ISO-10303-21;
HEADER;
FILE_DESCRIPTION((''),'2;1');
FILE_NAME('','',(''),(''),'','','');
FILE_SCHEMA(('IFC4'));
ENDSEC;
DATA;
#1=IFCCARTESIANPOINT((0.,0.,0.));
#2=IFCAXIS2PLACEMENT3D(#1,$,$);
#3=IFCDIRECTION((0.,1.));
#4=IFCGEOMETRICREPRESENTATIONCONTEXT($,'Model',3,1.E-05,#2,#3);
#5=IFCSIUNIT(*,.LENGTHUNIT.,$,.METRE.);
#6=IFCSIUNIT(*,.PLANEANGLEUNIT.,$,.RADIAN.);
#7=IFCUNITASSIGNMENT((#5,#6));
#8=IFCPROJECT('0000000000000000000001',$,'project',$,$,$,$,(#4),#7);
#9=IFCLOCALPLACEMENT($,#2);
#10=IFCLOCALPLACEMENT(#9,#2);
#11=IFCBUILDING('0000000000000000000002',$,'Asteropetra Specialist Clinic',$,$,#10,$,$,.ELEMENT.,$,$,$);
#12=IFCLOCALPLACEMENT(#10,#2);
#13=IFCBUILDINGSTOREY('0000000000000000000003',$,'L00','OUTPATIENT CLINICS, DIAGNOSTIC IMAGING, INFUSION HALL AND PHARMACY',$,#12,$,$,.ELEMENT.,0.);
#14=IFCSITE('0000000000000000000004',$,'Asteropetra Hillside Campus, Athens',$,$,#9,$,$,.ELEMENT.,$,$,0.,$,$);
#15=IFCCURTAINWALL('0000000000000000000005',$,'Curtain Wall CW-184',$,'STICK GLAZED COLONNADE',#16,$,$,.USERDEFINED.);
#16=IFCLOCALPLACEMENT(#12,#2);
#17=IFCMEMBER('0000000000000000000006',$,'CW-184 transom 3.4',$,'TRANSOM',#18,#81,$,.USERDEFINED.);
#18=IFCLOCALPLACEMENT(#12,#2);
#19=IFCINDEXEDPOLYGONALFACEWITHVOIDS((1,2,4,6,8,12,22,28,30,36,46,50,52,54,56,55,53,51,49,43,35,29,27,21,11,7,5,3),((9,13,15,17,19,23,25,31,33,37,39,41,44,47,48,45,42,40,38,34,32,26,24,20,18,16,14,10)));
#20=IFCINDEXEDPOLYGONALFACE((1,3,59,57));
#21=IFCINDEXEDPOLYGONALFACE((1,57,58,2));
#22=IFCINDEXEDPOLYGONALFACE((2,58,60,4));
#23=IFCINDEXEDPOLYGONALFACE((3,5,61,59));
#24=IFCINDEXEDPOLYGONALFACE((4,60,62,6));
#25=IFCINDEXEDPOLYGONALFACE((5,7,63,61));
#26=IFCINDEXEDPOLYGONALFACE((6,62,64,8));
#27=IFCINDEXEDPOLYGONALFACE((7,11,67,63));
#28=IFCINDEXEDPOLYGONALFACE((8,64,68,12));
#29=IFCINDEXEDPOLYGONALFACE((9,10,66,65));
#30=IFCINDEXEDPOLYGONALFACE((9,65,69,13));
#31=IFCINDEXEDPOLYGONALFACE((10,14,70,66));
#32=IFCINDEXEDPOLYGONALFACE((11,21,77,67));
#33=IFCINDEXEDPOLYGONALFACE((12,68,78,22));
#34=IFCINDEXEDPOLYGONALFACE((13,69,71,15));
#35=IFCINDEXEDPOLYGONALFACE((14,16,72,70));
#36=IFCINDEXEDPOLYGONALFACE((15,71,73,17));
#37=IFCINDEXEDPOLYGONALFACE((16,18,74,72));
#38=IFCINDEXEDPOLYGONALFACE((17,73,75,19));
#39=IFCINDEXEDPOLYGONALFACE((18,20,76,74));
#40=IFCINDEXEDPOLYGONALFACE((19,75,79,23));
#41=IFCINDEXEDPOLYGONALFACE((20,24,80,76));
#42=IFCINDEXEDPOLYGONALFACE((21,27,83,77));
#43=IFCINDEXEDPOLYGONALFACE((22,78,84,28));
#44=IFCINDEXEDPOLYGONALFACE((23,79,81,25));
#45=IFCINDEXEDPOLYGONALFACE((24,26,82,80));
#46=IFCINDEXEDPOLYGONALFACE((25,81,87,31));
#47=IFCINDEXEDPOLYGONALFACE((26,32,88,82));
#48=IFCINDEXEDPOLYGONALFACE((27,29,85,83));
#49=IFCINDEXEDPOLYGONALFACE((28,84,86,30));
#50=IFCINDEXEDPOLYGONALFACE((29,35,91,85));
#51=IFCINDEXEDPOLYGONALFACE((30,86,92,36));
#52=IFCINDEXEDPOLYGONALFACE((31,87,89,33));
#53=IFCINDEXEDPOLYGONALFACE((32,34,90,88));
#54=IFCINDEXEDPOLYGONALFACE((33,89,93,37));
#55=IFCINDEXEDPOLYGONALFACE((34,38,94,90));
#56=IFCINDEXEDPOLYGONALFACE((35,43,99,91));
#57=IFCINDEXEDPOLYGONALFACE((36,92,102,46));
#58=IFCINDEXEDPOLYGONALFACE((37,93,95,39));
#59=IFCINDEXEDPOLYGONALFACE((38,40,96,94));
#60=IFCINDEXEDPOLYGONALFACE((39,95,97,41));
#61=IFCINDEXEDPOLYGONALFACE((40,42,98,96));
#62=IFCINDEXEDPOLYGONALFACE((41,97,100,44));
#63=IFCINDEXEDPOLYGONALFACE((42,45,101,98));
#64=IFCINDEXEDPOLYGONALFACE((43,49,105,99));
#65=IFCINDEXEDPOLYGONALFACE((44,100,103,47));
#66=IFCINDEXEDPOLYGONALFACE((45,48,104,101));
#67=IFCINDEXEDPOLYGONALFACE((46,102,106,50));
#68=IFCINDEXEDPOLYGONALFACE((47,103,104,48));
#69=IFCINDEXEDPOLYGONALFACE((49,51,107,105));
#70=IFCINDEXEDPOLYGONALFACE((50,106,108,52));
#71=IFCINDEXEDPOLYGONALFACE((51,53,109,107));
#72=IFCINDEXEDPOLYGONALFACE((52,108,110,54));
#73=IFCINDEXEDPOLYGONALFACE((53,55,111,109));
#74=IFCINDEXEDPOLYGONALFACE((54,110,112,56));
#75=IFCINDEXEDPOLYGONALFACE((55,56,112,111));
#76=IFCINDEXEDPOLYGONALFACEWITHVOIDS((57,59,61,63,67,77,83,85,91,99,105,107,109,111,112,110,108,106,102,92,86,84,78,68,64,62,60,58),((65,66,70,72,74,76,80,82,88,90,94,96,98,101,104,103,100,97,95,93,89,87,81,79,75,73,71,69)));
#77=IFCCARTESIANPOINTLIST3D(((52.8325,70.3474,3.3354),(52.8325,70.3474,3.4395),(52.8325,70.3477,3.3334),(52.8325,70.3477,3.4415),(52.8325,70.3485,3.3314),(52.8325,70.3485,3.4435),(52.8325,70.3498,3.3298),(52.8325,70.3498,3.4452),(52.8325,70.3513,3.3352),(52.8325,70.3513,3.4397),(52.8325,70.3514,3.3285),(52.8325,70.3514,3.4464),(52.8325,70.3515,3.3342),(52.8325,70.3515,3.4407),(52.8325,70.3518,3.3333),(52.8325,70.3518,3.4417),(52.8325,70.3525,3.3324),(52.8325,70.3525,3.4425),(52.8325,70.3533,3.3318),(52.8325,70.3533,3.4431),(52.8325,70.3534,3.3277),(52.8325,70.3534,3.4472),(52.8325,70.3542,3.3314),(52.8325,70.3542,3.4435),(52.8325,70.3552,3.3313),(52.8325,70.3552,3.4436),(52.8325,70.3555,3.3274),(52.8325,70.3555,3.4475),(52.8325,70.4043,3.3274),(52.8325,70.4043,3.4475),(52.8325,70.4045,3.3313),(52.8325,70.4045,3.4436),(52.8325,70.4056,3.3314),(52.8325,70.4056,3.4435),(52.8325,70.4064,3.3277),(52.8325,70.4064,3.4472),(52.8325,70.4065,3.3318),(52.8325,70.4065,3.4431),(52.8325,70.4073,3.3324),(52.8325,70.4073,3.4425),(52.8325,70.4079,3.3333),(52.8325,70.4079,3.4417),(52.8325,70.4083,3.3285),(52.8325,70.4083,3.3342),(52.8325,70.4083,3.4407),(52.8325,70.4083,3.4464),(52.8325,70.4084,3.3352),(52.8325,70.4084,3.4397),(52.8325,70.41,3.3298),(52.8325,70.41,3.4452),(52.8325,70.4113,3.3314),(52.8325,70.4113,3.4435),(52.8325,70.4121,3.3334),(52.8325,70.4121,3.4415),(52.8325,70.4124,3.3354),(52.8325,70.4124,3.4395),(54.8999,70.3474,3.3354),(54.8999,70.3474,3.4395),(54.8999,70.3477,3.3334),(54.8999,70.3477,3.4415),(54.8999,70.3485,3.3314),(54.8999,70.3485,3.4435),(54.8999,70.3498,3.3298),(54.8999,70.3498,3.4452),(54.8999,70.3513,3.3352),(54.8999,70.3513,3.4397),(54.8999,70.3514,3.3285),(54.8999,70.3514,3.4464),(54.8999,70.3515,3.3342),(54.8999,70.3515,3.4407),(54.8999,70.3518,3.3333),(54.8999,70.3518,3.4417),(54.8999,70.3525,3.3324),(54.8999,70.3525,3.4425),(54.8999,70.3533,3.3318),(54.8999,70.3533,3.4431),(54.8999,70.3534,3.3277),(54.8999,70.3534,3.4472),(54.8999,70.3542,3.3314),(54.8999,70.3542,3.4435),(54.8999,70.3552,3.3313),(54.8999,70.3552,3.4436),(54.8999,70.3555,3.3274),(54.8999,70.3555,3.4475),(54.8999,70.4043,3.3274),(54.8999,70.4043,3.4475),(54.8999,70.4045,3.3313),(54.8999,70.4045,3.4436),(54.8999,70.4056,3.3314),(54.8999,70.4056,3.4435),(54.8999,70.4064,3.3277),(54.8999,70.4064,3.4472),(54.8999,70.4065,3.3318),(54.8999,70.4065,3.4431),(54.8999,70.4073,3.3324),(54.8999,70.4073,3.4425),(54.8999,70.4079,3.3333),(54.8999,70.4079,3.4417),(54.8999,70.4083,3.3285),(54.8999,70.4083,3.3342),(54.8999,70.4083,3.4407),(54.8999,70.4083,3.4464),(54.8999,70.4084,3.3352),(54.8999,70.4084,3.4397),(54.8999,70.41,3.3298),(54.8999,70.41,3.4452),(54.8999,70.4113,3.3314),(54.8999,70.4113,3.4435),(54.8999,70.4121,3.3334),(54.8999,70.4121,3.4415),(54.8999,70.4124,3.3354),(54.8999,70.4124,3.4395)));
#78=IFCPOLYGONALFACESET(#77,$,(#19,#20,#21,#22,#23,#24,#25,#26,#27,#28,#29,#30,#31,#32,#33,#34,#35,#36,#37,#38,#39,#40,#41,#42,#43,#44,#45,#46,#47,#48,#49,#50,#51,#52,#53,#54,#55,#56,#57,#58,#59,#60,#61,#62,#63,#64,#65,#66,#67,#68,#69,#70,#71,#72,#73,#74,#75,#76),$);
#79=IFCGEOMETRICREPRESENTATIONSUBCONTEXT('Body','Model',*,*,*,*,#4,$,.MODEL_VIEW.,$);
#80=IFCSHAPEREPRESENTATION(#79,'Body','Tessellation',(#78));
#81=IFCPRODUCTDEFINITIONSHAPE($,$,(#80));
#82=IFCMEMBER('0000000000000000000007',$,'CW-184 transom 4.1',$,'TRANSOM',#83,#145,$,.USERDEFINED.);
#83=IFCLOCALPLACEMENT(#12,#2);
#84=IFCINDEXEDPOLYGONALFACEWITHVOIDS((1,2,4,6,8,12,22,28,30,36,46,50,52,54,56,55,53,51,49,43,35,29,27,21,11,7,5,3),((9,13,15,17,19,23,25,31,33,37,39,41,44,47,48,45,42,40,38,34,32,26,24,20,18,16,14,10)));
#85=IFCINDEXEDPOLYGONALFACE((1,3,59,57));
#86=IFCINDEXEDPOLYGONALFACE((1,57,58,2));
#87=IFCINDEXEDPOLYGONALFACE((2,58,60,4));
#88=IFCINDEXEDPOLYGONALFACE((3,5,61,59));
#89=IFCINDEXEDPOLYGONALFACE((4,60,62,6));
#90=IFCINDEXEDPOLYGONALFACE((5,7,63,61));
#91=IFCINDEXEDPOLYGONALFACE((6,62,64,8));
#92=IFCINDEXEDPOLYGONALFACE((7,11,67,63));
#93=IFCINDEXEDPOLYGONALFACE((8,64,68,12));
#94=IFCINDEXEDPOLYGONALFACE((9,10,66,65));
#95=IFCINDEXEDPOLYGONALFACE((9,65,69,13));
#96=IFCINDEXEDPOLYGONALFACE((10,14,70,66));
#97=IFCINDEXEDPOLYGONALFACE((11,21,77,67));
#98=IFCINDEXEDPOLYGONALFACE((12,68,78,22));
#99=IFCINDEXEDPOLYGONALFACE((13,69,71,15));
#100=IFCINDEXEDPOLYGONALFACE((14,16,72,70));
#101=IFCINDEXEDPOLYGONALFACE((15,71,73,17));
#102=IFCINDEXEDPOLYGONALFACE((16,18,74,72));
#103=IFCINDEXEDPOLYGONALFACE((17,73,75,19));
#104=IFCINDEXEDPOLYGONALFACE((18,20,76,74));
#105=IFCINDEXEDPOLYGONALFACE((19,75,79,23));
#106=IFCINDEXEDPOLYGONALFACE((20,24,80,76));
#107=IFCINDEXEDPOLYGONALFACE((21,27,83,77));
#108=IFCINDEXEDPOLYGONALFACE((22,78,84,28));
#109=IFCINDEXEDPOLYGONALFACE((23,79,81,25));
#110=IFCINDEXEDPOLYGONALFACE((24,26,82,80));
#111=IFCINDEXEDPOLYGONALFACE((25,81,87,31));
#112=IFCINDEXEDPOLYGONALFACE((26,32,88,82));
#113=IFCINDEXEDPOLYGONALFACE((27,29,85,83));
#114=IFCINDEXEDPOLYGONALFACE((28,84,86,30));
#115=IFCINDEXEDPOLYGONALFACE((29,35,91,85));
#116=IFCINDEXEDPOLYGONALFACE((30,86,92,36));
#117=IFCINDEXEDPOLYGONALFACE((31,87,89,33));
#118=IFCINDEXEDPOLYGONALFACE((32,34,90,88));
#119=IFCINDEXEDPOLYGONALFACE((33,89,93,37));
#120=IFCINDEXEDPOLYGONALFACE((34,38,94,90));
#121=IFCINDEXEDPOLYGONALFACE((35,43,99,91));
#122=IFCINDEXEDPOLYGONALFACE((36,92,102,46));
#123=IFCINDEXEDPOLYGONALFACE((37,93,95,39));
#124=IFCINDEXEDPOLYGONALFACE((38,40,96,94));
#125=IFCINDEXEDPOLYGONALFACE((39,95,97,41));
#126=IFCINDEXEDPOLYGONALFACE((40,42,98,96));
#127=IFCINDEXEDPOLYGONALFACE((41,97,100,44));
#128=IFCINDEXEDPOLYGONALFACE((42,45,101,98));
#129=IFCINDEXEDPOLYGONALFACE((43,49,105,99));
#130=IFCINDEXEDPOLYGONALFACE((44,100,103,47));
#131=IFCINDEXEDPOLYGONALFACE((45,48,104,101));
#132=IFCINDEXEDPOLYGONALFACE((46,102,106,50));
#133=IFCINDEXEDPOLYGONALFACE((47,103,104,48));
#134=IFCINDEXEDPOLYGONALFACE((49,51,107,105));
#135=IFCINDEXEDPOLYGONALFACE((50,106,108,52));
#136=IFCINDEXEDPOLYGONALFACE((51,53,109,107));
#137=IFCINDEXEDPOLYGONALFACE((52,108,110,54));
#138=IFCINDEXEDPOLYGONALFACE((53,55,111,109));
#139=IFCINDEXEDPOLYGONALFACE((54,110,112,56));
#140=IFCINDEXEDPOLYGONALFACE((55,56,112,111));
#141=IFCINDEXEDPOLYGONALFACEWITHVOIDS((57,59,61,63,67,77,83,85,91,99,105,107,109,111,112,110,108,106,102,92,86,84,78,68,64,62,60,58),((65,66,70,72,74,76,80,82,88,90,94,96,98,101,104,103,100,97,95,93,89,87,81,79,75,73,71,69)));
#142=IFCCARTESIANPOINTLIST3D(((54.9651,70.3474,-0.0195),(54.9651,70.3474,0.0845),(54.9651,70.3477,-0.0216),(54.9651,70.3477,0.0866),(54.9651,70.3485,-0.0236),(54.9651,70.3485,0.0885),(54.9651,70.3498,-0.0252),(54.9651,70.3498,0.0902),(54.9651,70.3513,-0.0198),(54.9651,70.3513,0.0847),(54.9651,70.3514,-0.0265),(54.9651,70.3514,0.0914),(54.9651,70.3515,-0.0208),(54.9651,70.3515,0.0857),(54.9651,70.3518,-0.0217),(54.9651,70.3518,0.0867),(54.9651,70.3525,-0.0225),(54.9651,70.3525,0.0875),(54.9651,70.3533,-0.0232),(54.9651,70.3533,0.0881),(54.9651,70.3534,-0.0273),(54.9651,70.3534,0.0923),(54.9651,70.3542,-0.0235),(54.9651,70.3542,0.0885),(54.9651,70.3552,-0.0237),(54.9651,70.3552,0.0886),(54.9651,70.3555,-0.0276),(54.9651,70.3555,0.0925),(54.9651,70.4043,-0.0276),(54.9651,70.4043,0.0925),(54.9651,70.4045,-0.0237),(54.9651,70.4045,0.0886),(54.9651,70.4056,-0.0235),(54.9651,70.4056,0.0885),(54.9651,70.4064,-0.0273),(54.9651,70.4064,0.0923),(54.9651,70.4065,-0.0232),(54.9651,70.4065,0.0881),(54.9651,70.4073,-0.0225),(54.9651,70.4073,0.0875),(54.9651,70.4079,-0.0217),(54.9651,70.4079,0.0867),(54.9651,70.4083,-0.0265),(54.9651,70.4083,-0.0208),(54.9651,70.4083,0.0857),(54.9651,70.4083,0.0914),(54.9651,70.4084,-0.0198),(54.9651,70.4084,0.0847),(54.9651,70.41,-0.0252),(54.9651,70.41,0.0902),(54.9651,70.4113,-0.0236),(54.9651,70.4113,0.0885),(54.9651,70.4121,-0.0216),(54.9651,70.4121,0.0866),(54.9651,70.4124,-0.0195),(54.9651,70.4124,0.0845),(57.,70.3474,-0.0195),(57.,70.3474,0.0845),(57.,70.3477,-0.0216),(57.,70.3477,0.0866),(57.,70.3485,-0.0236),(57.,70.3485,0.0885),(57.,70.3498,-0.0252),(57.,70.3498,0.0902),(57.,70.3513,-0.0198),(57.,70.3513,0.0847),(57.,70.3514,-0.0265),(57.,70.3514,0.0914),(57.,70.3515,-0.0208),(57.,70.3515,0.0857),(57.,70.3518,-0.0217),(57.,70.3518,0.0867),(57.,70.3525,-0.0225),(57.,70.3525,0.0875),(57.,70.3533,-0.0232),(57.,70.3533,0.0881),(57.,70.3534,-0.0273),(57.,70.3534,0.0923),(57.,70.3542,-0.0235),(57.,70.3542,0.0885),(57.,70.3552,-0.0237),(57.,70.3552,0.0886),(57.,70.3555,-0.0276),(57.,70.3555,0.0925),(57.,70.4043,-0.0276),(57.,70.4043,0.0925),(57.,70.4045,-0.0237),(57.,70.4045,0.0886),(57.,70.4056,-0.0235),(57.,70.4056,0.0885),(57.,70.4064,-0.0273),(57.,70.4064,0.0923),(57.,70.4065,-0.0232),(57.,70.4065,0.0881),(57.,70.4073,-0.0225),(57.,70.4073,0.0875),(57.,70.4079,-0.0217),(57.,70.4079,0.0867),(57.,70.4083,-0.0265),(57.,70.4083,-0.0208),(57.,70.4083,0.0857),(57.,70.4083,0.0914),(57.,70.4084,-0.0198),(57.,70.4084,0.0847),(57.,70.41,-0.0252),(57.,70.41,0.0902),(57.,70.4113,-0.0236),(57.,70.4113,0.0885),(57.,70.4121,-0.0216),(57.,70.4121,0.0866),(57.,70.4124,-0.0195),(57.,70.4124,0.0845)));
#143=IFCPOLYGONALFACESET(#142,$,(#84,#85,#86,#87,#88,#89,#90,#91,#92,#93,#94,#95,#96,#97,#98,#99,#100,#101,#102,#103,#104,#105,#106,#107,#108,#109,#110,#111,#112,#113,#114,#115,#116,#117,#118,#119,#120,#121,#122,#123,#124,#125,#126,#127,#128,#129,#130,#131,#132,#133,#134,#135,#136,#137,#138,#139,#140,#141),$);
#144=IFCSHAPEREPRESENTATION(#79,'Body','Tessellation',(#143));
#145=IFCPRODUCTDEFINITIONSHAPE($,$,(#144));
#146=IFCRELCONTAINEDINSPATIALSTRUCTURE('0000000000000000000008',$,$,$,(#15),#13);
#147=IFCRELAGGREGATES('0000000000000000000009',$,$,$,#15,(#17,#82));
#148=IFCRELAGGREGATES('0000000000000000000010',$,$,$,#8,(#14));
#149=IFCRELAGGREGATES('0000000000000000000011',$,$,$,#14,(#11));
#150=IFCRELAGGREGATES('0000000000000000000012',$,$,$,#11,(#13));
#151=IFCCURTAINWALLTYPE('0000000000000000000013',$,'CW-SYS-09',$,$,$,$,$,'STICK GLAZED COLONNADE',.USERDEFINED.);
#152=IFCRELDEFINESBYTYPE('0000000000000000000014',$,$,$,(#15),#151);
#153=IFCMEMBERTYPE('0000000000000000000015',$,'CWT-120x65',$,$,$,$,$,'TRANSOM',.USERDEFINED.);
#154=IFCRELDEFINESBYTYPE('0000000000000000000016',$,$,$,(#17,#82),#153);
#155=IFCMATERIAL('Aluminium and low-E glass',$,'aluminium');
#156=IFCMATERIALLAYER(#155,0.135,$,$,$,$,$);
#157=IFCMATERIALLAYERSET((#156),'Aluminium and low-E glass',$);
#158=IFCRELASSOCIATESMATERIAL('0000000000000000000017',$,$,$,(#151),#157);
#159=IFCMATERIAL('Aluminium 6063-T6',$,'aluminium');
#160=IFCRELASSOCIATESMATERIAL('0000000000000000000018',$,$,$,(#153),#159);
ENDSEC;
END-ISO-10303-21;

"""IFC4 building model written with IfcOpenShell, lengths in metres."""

from ifc_helpers import new_model, si_unit, direction, frame, origin, origin_2d, place, context, subcontext, project, spatial, hollow_rectangle, extrude, material, layer, layer_set, material_profile, profile_set, type_object, element, aggregate, save


model = new_model("IFC4")

# Units and contexts
model_context = context("Model", 3, precision=1e-05, world=origin(), true_north=direction((0.0, 1.0)))
body_context = subcontext(model_context, "Body", "Model", "MODEL_VIEW")
ifc_project = project(units=[si_unit("LENGTHUNIT", "METRE"), si_unit("PLANEANGLEUNIT", "RADIAN")], contexts=[model_context])

# Site, building, storey
site_placement = place(None, origin())
site = spatial("IfcSite", under=ifc_project, at=site_placement, Name="Asteropetra Hillside Campus, Athens", CompositionType="ELEMENT", RefElevation=0.0)
building_placement = place(site_placement, origin())
building = spatial("IfcBuilding", under=site, at=building_placement, Name="Asteropetra Specialist Clinic", CompositionType="ELEMENT")
storey_placement = place(building_placement, origin())
storey = spatial("IfcBuildingStorey", under=building, at=storey_placement, Name="L00", Description="OUTPATIENT CLINICS, DIAGNOSTIC IMAGING, INFUSION HALL AND PHARMACY", CompositionType="ELEMENT", Elevation=0.0)

# Curtain wall
ifc_material_1 = material(Name="Aluminium and low-E glass", Category="aluminium")
ifc_layer_1 = layer(ifc_material_1, 0.135)
ifc_layer_set_1 = layer_set([ifc_layer_1], Name="Aluminium and low-E glass")
curtain_wall_type_1 = type_object("IfcCurtainWallType", Name="CW-SYS-09", ElementType="STICK GLAZED COLONNADE", PredefinedType="USERDEFINED", material=ifc_layer_set_1)
curtain_wall_1_placement = place(storey_placement, origin())
curtain_wall_1 = element("IfcCurtainWall", 1, at=curtain_wall_1_placement, inside=storey, type_object=curtain_wall_type_1, Name="Curtain Wall CW-184", ObjectType="STICK GLAZED COLONNADE", PredefinedType="USERDEFINED")

# Members
ifc_material_2 = material(Name="Aluminium 6063-T6", Category="aluminium")
ifc_material_profile_1 = material_profile(ifc_material_2, hollow_rectangle(XDim=0.0649, YDim=0.1201, WallThickness=0.0039, InnerFilletRadius=0.0039, OuterFilletRadius=0.0081, at=origin_2d()), Name="TRN 120x65x4.0")
ifc_profile_set_1 = profile_set([ifc_material_profile_1], Name="Aluminium 6063-T6")
member_type_1 = type_object("IfcMemberType", Name="CWT-120x65", ElementType="TRANSOM", PredefinedType="USERDEFINED", material=ifc_profile_set_1)
member_1_placement = place(storey_placement, frame((52.8325, 70.3799, 3.3875), z_axis=(1.0, 0.0, 0.0), x_axis=(0.0, 1.0, 0.0)))
member_1 = element("IfcMember", 2, at=member_1_placement, type_object=member_type_1, Name="CW-184 transom 3.4", ObjectType="TRANSOM", PredefinedType="USERDEFINED", context=body_context, shape_type="SweptSolid", body=[
    extrude(hollow_rectangle(XDim=0.0649, YDim=0.1201, WallThickness=0.0039, InnerFilletRadius=0.0039, OuterFilletRadius=0.0081, at=origin_2d()), origin(), (0.0, 0.0, 1.0), 2.0674),
])
member_2_placement = place(storey_placement, frame((54.9651, 70.3799, 0.0325), z_axis=(1.0, 0.0, 0.0), x_axis=(0.0, 1.0, 0.0)))
member_2 = element("IfcMember", 3, at=member_2_placement, type_object=member_type_1, Name="CW-184 transom 4.1", ObjectType="TRANSOM", PredefinedType="USERDEFINED", context=body_context, shape_type="SweptSolid", body=[
    extrude(hollow_rectangle(XDim=0.0649, YDim=0.1201, WallThickness=0.0039, InnerFilletRadius=0.0039, OuterFilletRadius=0.0081, at=origin_2d()), origin(), (0.0, 0.0, 1.0), 2.0349),
])

aggregate(curtain_wall_1, [member_1, member_2])

save(model, "model.ifc")
